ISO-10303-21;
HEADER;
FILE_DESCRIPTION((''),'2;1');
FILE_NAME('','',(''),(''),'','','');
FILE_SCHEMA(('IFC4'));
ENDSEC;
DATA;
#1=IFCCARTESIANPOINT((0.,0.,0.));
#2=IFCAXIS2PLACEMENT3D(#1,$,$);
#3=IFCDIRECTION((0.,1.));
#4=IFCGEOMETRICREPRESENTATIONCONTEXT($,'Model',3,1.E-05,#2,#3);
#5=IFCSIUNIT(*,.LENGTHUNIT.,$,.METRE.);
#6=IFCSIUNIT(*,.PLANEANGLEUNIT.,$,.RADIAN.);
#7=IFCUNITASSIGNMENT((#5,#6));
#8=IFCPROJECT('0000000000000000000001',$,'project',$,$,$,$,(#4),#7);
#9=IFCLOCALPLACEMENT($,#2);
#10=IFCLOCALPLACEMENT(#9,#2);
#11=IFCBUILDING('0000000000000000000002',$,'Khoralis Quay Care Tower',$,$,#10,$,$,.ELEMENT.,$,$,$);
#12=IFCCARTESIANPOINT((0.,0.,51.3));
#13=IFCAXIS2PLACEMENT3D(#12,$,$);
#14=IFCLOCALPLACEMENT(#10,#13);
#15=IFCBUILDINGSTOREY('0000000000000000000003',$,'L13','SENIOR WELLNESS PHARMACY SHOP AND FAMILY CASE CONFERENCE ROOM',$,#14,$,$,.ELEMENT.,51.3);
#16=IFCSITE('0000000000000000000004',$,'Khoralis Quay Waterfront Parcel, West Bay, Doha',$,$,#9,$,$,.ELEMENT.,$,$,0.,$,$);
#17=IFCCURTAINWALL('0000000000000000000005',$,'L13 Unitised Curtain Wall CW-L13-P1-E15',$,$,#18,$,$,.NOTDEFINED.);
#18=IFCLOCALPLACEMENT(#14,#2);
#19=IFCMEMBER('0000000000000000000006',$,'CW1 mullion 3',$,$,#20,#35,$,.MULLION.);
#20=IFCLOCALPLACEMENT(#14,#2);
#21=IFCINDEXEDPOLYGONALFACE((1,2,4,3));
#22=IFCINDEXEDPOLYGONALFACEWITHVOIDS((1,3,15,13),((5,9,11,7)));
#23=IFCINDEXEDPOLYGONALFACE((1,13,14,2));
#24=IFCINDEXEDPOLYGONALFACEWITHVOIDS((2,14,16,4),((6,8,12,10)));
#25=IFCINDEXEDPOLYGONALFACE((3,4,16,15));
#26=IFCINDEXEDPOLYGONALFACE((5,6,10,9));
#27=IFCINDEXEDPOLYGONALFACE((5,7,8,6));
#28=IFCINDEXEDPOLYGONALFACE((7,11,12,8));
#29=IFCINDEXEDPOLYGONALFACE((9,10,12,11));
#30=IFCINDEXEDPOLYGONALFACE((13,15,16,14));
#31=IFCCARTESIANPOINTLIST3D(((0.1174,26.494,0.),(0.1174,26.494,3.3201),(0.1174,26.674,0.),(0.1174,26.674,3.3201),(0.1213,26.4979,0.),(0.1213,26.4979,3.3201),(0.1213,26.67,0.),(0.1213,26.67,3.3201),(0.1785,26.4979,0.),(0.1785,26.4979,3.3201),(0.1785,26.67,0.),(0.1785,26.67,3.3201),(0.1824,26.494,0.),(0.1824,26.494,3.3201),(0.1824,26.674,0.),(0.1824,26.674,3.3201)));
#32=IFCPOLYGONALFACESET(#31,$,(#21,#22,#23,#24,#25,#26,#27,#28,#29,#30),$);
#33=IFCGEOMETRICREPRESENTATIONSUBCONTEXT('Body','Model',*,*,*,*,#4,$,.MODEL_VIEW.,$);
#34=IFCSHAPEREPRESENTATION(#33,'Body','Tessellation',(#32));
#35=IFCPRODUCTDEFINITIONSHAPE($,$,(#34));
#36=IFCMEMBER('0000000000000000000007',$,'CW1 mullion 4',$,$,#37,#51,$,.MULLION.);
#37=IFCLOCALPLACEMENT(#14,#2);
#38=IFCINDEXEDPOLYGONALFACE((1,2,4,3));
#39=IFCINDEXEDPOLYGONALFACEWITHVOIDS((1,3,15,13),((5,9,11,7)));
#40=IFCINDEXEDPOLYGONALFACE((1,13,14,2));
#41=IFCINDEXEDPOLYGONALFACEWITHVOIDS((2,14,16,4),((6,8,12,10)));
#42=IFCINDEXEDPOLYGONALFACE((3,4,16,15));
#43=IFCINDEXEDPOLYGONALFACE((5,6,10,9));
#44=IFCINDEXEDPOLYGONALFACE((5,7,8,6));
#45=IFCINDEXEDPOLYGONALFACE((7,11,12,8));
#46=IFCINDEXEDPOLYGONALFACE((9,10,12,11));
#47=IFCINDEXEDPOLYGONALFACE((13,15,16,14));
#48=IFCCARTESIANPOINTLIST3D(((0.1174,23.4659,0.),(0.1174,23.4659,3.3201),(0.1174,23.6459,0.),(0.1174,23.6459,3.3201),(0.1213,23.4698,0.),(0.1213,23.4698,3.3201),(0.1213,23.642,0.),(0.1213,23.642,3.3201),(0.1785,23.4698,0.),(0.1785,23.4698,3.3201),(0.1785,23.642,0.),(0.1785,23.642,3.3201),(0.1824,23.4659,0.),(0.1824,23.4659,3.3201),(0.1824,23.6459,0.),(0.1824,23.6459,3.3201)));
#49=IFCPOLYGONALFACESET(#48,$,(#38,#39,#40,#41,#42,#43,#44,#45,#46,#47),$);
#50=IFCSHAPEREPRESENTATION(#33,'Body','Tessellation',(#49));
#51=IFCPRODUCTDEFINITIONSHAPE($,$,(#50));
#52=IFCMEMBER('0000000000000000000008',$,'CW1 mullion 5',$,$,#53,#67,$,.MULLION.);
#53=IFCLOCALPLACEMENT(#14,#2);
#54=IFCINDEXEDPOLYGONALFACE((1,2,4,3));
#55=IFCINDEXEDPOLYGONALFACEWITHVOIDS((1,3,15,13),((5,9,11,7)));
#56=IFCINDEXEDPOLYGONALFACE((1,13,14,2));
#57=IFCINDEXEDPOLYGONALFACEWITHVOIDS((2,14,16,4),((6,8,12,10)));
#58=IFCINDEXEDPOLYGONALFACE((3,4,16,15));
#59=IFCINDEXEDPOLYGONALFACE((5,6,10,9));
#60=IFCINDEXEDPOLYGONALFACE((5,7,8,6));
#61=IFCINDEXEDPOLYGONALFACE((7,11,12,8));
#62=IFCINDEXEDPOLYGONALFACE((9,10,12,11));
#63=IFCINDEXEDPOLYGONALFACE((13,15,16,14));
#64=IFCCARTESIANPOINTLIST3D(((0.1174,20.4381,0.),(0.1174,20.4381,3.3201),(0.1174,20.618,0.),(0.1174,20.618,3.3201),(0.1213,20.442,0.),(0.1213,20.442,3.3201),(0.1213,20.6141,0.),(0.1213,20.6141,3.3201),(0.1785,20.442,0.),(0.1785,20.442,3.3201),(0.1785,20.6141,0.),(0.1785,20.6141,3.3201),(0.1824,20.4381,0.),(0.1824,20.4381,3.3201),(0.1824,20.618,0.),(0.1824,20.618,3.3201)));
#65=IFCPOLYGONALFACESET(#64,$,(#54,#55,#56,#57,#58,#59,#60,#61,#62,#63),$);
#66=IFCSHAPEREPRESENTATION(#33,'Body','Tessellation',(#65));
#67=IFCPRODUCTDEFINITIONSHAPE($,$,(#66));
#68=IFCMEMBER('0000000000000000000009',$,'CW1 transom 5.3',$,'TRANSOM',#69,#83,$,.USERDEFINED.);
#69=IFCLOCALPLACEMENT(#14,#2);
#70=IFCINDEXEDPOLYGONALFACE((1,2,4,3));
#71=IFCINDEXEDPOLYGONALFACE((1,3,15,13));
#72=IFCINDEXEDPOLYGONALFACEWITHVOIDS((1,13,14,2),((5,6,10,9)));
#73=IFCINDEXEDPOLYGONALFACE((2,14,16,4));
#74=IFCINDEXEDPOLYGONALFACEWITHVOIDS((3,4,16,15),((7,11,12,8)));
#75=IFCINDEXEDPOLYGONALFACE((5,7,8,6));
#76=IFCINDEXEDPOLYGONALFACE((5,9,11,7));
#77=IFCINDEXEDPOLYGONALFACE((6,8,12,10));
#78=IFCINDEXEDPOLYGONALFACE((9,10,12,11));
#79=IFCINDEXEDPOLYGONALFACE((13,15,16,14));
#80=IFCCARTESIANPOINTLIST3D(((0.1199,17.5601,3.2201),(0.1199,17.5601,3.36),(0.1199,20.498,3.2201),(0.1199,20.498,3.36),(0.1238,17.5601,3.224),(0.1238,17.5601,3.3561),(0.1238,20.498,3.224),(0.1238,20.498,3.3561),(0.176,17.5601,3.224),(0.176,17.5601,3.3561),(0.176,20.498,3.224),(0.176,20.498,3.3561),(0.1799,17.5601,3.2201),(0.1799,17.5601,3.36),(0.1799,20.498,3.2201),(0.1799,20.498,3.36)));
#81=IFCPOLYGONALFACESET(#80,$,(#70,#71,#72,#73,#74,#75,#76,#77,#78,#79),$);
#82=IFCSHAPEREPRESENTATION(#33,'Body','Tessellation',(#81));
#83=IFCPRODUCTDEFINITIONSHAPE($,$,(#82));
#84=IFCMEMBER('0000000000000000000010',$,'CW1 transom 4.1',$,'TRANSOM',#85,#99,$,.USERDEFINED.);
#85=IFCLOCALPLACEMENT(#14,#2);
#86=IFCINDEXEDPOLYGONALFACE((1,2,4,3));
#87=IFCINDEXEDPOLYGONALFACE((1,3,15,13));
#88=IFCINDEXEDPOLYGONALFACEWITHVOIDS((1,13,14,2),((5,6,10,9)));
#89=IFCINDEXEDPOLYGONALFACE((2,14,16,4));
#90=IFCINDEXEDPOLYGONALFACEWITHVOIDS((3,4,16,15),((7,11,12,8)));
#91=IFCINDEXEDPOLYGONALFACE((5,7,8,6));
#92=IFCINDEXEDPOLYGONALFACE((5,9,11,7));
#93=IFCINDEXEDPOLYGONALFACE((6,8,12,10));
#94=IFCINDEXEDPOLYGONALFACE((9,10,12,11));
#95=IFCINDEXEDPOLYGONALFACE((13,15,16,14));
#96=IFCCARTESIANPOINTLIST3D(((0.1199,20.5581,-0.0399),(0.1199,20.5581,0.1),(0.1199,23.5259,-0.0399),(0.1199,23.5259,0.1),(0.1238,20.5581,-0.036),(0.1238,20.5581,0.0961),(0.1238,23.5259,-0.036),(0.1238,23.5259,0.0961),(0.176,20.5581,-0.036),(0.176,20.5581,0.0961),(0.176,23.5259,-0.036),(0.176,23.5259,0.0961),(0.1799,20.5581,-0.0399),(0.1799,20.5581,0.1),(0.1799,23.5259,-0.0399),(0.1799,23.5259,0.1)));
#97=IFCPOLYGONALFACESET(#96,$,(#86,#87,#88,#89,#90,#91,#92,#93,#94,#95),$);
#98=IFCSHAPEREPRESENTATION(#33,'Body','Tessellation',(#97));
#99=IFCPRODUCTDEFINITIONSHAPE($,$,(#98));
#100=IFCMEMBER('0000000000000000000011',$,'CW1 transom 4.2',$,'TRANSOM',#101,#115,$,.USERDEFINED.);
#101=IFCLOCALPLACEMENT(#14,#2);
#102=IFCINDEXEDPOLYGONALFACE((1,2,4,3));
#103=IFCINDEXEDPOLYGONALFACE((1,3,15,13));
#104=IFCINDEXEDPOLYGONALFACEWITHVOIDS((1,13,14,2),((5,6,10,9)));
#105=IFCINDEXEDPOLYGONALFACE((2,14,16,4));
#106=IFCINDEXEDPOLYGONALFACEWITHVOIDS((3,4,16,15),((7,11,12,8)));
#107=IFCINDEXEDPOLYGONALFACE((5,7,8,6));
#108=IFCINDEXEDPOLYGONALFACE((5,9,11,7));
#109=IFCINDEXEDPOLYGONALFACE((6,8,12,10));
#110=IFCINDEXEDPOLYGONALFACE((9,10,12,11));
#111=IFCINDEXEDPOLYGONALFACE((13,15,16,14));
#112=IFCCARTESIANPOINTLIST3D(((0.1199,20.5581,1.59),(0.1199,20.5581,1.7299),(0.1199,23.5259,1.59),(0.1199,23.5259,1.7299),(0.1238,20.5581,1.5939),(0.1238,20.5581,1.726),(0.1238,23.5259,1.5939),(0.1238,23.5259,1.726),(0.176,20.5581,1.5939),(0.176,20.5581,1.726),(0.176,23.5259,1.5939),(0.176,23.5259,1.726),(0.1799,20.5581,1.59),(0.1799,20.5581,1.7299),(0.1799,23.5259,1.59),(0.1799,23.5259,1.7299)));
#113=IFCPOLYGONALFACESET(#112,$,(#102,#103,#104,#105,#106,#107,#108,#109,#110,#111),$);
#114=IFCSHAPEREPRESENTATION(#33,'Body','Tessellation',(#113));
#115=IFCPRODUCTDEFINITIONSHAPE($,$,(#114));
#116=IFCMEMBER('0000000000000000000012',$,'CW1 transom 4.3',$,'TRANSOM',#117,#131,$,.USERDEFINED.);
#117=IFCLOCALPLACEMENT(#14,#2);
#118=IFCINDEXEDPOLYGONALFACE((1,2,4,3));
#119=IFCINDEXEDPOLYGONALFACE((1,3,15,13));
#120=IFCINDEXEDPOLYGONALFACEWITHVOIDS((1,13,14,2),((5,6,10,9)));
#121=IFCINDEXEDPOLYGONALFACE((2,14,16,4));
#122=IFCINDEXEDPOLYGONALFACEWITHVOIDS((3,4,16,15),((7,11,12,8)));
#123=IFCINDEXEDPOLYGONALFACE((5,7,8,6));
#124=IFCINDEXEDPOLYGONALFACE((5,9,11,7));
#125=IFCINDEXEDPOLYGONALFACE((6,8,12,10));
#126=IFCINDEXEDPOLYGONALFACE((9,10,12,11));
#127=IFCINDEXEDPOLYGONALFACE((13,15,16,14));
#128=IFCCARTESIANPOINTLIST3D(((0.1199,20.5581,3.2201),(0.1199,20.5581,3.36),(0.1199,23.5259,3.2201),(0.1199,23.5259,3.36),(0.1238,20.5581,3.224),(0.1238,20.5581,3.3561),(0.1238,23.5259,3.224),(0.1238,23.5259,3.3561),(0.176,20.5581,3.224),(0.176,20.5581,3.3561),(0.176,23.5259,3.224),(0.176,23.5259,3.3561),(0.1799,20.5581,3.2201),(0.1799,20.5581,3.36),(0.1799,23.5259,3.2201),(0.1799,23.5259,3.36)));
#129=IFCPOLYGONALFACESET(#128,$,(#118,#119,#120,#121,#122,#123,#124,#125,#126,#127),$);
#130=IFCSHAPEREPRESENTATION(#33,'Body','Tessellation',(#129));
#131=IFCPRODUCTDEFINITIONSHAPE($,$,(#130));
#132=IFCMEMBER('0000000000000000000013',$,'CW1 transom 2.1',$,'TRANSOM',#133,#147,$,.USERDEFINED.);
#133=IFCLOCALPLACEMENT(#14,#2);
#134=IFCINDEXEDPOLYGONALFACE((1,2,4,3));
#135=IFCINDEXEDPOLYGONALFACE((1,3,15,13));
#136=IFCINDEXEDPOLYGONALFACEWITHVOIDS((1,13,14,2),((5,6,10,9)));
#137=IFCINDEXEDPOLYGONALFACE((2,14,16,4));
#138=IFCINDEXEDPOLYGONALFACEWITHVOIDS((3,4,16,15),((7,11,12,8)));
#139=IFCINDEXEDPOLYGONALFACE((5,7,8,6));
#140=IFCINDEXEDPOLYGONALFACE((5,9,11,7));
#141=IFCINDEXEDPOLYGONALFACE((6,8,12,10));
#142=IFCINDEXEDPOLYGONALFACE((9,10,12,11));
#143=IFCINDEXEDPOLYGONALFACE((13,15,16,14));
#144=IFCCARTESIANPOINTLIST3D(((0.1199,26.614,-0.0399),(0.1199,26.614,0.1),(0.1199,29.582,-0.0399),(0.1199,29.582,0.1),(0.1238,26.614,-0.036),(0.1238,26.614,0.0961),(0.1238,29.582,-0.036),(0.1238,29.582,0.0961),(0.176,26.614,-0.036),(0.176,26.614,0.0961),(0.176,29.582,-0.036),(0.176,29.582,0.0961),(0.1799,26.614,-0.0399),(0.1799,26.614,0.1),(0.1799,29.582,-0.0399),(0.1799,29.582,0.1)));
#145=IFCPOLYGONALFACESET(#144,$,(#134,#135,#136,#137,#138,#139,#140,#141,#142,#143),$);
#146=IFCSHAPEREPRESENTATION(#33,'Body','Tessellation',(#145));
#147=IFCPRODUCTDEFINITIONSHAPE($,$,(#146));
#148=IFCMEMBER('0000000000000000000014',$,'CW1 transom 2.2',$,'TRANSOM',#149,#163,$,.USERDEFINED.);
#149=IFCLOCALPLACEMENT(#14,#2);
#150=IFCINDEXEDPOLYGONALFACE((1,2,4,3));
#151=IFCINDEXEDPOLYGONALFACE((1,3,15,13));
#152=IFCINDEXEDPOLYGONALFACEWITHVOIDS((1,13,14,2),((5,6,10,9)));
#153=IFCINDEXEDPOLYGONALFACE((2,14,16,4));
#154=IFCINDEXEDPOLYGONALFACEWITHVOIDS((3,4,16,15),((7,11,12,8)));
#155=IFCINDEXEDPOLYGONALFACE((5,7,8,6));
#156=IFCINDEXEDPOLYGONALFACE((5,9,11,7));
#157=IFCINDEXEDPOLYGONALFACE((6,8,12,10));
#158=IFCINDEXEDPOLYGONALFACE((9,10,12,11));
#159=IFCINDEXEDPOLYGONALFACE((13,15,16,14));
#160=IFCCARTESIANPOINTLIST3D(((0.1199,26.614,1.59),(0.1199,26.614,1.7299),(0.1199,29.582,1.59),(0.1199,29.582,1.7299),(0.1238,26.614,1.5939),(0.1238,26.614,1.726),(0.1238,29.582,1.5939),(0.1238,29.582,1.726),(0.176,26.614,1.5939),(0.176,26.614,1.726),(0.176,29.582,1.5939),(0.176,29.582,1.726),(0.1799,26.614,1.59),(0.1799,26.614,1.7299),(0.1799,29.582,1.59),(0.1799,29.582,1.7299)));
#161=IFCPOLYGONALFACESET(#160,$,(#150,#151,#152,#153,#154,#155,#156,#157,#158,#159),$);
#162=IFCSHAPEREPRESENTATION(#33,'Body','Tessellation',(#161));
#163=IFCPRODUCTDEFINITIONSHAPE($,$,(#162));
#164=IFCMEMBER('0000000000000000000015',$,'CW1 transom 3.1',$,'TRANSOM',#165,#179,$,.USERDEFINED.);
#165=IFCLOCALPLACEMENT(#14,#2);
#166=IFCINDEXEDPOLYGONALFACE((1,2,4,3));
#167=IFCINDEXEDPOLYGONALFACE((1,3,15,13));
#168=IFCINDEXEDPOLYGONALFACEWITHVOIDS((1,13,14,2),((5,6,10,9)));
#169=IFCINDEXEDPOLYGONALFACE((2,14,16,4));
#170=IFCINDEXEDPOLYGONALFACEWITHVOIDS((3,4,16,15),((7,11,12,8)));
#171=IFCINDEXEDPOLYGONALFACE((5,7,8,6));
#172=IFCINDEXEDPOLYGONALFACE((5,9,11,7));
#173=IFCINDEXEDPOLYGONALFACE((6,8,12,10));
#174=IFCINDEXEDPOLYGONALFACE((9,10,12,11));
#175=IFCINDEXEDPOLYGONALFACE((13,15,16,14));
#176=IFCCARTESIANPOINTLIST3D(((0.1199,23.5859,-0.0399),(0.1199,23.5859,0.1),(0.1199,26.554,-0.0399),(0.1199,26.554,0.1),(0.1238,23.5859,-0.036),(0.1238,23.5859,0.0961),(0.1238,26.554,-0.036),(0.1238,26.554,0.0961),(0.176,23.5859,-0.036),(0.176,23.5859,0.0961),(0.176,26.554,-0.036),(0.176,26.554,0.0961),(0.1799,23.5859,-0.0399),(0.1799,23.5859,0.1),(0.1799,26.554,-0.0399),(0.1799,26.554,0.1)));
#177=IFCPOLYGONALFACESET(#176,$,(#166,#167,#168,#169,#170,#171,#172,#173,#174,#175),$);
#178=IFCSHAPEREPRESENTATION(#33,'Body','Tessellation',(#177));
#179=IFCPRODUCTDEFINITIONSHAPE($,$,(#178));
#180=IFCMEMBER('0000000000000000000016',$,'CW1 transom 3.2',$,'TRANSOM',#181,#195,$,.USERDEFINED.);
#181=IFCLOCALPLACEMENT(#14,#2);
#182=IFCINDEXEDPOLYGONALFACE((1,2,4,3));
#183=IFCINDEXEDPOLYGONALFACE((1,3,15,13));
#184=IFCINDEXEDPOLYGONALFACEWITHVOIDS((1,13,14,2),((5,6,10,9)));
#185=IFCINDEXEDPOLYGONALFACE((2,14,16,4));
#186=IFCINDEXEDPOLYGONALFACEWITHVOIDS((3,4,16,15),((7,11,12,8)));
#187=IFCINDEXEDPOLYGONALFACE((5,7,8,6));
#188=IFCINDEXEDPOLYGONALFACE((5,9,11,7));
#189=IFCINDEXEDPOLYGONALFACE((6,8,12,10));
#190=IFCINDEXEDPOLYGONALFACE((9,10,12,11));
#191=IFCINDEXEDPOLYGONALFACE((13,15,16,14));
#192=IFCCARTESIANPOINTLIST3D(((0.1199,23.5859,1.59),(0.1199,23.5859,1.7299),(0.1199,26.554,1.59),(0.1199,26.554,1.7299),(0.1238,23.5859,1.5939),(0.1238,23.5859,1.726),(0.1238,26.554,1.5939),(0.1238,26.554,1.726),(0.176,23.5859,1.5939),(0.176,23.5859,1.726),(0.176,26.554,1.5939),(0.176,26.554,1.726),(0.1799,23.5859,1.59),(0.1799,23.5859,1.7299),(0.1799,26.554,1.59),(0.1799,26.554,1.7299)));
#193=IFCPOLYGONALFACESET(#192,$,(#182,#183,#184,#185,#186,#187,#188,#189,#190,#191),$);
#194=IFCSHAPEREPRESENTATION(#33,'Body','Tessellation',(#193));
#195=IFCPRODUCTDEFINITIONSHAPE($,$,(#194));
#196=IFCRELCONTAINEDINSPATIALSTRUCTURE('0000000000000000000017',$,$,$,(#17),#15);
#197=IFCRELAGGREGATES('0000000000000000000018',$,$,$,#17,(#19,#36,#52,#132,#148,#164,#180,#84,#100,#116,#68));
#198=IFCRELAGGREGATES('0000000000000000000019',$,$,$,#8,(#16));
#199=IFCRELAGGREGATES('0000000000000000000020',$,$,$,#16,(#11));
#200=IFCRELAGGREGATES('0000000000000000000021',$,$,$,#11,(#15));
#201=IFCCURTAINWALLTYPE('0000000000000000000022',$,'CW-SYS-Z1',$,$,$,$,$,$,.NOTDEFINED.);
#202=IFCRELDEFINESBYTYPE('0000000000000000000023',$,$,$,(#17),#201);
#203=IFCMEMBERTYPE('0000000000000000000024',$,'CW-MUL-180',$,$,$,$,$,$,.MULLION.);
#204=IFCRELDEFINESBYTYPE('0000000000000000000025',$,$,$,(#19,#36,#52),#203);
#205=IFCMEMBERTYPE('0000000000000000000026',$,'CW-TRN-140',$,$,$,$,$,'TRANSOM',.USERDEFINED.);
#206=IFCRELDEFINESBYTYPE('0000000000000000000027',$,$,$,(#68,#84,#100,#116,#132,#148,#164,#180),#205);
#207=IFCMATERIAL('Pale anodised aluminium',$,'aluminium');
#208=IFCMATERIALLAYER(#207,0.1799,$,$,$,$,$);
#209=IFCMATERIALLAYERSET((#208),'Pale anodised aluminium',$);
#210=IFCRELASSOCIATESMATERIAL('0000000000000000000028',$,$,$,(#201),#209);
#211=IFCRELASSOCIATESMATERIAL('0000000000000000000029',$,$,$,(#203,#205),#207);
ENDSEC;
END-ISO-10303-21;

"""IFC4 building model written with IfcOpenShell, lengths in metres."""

from ifc_helpers import new_model, si_unit, direction, frame, origin, origin_2d, place, context, subcontext, project, spatial, hollow_rectangle, extrude, source, transform, mapped, material, layer, layer_set, material_profile, profile_set, type_object, element, aggregate, save


model = new_model("IFC4")

# Units and contexts
model_context = context("Model", 3, precision=1e-05, world=origin(), true_north=direction((0.0, 1.0)))
body_context = subcontext(model_context, "Body", "Model", "MODEL_VIEW")
ifc_project = project(units=[si_unit("LENGTHUNIT", "METRE"), si_unit("PLANEANGLEUNIT", "RADIAN")], contexts=[model_context])

# Site, building, storey
site_placement = place(None, origin())
site = spatial("IfcSite", under=ifc_project, at=site_placement, Name="Khoralis Quay Waterfront Parcel, West Bay, Doha", CompositionType="ELEMENT", RefElevation=0.0)
building_placement = place(site_placement, origin())
building = spatial("IfcBuilding", under=site, at=building_placement, Name="Khoralis Quay Care Tower", CompositionType="ELEMENT")
storey_placement = place(building_placement, frame((0.0, 0.0, 51.3)))
storey = spatial("IfcBuildingStorey", under=building, at=storey_placement, Name="L13", Description="SENIOR WELLNESS PHARMACY SHOP AND FAMILY CASE CONFERENCE ROOM", CompositionType="ELEMENT", Elevation=51.3)

# Curtain wall, members
ifc_material_1 = material(Name="Pale anodised aluminium", Category="aluminium")
ifc_layer_1 = layer(ifc_material_1, 0.1799)
ifc_layer_set_1 = layer_set([ifc_layer_1], Name="Pale anodised aluminium")
curtain_wall_type = type_object("IfcCurtainWallType", Name="CW-SYS-Z1", PredefinedType="NOTDEFINED", material=ifc_layer_set_1)
curtain_wall_placement = place(storey_placement, origin())
curtain_wall = element("IfcCurtainWall", 1, at=curtain_wall_placement, inside=storey, type_object=curtain_wall_type, Name="L13 Unitised Curtain Wall CW-L13-P1-E15", PredefinedType="NOTDEFINED")
ifc_material_profile_1 = material_profile(ifc_material_1, hollow_rectangle(XDim=0.0649, YDim=0.1799, WallThickness=0.0039, at=origin_2d()), Name="Pale anodised aluminium")
ifc_profile_set_1 = profile_set([ifc_material_profile_1], Name="Pale anodised aluminium")
member_type_1 = type_object("IfcMemberType", Name="CW-MUL-180", PredefinedType="MULLION", material=ifc_profile_set_1)
shared_shape_1 = source(origin(), body_context, "Body", "SweptSolid", [
    extrude(hollow_rectangle(XDim=0.0649, YDim=0.1799, WallThickness=0.0039, at=origin_2d()), origin(), (0.0, 0.0, 1.0), 3.3201),
])
member_1_placement = place(storey_placement, frame((0.1499, 26.584, 0.0), z_axis=(0.0, 0.0, 1.0), x_axis=(1.0, 0.0, 0.0)))
member_1 = element("IfcMember", 2, at=member_1_placement, type_object=member_type_1, Name="CW1 mullion 3", PredefinedType="MULLION", context=body_context, shape_type="MappedRepresentation", body=[
    mapped(shared_shape_1, transform((0.0, 0.0, 0.0), scale=1.0)),
])
member_2_placement = place(storey_placement, frame((0.1499, 23.5559, 0.0), z_axis=(0.0, 0.0, 1.0), x_axis=(1.0, 0.0, 0.0)))
member_2 = element("IfcMember", 3, at=member_2_placement, type_object=member_type_1, Name="CW1 mullion 4", PredefinedType="MULLION", context=body_context, shape_type="MappedRepresentation", body=[
    mapped(shared_shape_1, transform((0.0, 0.0, 0.0), scale=1.0)),
])
member_3_placement = place(storey_placement, frame((0.1499, 20.5281, 0.0), z_axis=(0.0, 0.0, 1.0), x_axis=(1.0, 0.0, 0.0)))
member_3 = element("IfcMember", 4, at=member_3_placement, type_object=member_type_1, Name="CW1 mullion 5", PredefinedType="MULLION", context=body_context, shape_type="MappedRepresentation", body=[
    mapped(shared_shape_1, transform((0.0, 0.0, 0.0), scale=1.0)),
])
ifc_material_profile_2 = material_profile(ifc_material_1, hollow_rectangle(XDim=0.0601, YDim=0.1399, WallThickness=0.0039, at=origin_2d()), Name="Pale anodised aluminium")
ifc_profile_set_2 = profile_set([ifc_material_profile_2], Name="Pale anodised aluminium")
member_type_2 = type_object("IfcMemberType", Name="CW-TRN-140", ElementType="TRANSOM", PredefinedType="USERDEFINED", material=ifc_profile_set_2)
shared_shape_2 = source(origin(), body_context, "Body", "SweptSolid", [
    extrude(hollow_rectangle(XDim=0.0601, YDim=0.1399, WallThickness=0.0039, at=origin_2d()), origin(), (0.0, 0.0, 1.0), 2.938),
])
member_4_placement = place(storey_placement, frame((0.1499, 20.498, 3.29), z_axis=(0.0, -1.0, 0.0), x_axis=(1.0, 0.0, 0.0)))
member_4 = element("IfcMember", 5, at=member_4_placement, type_object=member_type_2, Name="CW1 transom 5.3", ObjectType="TRANSOM", PredefinedType="USERDEFINED", context=body_context, shape_type="MappedRepresentation", body=[
    mapped(shared_shape_2, transform((0.0, 0.0, 0.0), scale=1.0)),
])
shared_shape_3 = source(origin(), body_context, "Body", "SweptSolid", [
    extrude(hollow_rectangle(XDim=0.0601, YDim=0.1399, WallThickness=0.0039, at=origin_2d()), origin(), (0.0, 0.0, 1.0), 2.9678),
])
member_5_placement = place(storey_placement, frame((0.1499, 23.5259, 0.03), z_axis=(0.0, -1.0, 0.0), x_axis=(1.0, 0.0, 0.0)))
member_5 = element("IfcMember", 6, at=member_5_placement, type_object=member_type_2, Name="CW1 transom 4.1", ObjectType="TRANSOM", PredefinedType="USERDEFINED", context=body_context, shape_type="MappedRepresentation", body=[
    mapped(shared_shape_3, transform((0.0, 0.0, 0.0), scale=1.0)),
])
member_6_placement = place(storey_placement, frame((0.1499, 23.5259, 1.6599), z_axis=(0.0, -1.0, 0.0), x_axis=(1.0, 0.0, 0.0)))
member_6 = element("IfcMember", 7, at=member_6_placement, type_object=member_type_2, Name="CW1 transom 4.2", ObjectType="TRANSOM", PredefinedType="USERDEFINED", context=body_context, shape_type="MappedRepresentation", body=[
    mapped(shared_shape_3, transform((0.0, 0.0, 0.0), scale=1.0)),
])
member_7_placement = place(storey_placement, frame((0.1499, 23.5259, 3.29), z_axis=(0.0, -1.0, 0.0), x_axis=(1.0, 0.0, 0.0)))
member_7 = element("IfcMember", 8, at=member_7_placement, type_object=member_type_2, Name="CW1 transom 4.3", ObjectType="TRANSOM", PredefinedType="USERDEFINED", context=body_context, shape_type="MappedRepresentation", body=[
    mapped(shared_shape_3, transform((0.0, 0.0, 0.0), scale=1.0)),
])
shared_shape_4 = source(origin(), body_context, "Body", "SweptSolid", [
    extrude(hollow_rectangle(XDim=0.0601, YDim=0.1399, WallThickness=0.0039, at=origin_2d()), origin(), (0.0, 0.0, 1.0), 2.968),
])
member_8_placement = place(storey_placement, frame((0.1499, 29.582, 0.03), z_axis=(0.0, -1.0, 0.0), x_axis=(1.0, 0.0, 0.0)))
member_8 = element("IfcMember", 9, at=member_8_placement, type_object=member_type_2, Name="CW1 transom 2.1", ObjectType="TRANSOM", PredefinedType="USERDEFINED", context=body_context, shape_type="MappedRepresentation", body=[
    mapped(shared_shape_4, transform((0.0, 0.0, 0.0), scale=1.0)),
])
member_9_placement = place(storey_placement, frame((0.1499, 29.582, 1.6599), z_axis=(0.0, -1.0, 0.0), x_axis=(1.0, 0.0, 0.0)))
member_9 = element("IfcMember", 10, at=member_9_placement, type_object=member_type_2, Name="CW1 transom 2.2", ObjectType="TRANSOM", PredefinedType="USERDEFINED", context=body_context, shape_type="MappedRepresentation", body=[
    mapped(shared_shape_4, transform((0.0, 0.0, 0.0), scale=1.0)),
])
member_10_placement = place(storey_placement, frame((0.1499, 26.554, 0.03), z_axis=(0.0, -1.0, 0.0), x_axis=(1.0, 0.0, 0.0)))
member_10 = element("IfcMember", 11, at=member_10_placement, type_object=member_type_2, Name="CW1 transom 3.1", ObjectType="TRANSOM", PredefinedType="USERDEFINED", context=body_context, shape_type="MappedRepresentation", body=[
    mapped(shared_shape_4, transform((0.0, 0.0, 0.0), scale=1.0)),
])
member_11_placement = place(storey_placement, frame((0.1499, 26.554, 1.6599), z_axis=(0.0, -1.0, 0.0), x_axis=(1.0, 0.0, 0.0)))
member_11 = element("IfcMember", 12, at=member_11_placement, type_object=member_type_2, Name="CW1 transom 3.2", ObjectType="TRANSOM", PredefinedType="USERDEFINED", context=body_context, shape_type="MappedRepresentation", body=[
    mapped(shared_shape_4, transform((0.0, 0.0, 0.0), scale=1.0)),
])
aggregate(curtain_wall, [member_1, member_2, member_3, member_8, member_9, member_10, member_11, member_5, member_6, member_7, member_4])

save(model, "model.ifc")
